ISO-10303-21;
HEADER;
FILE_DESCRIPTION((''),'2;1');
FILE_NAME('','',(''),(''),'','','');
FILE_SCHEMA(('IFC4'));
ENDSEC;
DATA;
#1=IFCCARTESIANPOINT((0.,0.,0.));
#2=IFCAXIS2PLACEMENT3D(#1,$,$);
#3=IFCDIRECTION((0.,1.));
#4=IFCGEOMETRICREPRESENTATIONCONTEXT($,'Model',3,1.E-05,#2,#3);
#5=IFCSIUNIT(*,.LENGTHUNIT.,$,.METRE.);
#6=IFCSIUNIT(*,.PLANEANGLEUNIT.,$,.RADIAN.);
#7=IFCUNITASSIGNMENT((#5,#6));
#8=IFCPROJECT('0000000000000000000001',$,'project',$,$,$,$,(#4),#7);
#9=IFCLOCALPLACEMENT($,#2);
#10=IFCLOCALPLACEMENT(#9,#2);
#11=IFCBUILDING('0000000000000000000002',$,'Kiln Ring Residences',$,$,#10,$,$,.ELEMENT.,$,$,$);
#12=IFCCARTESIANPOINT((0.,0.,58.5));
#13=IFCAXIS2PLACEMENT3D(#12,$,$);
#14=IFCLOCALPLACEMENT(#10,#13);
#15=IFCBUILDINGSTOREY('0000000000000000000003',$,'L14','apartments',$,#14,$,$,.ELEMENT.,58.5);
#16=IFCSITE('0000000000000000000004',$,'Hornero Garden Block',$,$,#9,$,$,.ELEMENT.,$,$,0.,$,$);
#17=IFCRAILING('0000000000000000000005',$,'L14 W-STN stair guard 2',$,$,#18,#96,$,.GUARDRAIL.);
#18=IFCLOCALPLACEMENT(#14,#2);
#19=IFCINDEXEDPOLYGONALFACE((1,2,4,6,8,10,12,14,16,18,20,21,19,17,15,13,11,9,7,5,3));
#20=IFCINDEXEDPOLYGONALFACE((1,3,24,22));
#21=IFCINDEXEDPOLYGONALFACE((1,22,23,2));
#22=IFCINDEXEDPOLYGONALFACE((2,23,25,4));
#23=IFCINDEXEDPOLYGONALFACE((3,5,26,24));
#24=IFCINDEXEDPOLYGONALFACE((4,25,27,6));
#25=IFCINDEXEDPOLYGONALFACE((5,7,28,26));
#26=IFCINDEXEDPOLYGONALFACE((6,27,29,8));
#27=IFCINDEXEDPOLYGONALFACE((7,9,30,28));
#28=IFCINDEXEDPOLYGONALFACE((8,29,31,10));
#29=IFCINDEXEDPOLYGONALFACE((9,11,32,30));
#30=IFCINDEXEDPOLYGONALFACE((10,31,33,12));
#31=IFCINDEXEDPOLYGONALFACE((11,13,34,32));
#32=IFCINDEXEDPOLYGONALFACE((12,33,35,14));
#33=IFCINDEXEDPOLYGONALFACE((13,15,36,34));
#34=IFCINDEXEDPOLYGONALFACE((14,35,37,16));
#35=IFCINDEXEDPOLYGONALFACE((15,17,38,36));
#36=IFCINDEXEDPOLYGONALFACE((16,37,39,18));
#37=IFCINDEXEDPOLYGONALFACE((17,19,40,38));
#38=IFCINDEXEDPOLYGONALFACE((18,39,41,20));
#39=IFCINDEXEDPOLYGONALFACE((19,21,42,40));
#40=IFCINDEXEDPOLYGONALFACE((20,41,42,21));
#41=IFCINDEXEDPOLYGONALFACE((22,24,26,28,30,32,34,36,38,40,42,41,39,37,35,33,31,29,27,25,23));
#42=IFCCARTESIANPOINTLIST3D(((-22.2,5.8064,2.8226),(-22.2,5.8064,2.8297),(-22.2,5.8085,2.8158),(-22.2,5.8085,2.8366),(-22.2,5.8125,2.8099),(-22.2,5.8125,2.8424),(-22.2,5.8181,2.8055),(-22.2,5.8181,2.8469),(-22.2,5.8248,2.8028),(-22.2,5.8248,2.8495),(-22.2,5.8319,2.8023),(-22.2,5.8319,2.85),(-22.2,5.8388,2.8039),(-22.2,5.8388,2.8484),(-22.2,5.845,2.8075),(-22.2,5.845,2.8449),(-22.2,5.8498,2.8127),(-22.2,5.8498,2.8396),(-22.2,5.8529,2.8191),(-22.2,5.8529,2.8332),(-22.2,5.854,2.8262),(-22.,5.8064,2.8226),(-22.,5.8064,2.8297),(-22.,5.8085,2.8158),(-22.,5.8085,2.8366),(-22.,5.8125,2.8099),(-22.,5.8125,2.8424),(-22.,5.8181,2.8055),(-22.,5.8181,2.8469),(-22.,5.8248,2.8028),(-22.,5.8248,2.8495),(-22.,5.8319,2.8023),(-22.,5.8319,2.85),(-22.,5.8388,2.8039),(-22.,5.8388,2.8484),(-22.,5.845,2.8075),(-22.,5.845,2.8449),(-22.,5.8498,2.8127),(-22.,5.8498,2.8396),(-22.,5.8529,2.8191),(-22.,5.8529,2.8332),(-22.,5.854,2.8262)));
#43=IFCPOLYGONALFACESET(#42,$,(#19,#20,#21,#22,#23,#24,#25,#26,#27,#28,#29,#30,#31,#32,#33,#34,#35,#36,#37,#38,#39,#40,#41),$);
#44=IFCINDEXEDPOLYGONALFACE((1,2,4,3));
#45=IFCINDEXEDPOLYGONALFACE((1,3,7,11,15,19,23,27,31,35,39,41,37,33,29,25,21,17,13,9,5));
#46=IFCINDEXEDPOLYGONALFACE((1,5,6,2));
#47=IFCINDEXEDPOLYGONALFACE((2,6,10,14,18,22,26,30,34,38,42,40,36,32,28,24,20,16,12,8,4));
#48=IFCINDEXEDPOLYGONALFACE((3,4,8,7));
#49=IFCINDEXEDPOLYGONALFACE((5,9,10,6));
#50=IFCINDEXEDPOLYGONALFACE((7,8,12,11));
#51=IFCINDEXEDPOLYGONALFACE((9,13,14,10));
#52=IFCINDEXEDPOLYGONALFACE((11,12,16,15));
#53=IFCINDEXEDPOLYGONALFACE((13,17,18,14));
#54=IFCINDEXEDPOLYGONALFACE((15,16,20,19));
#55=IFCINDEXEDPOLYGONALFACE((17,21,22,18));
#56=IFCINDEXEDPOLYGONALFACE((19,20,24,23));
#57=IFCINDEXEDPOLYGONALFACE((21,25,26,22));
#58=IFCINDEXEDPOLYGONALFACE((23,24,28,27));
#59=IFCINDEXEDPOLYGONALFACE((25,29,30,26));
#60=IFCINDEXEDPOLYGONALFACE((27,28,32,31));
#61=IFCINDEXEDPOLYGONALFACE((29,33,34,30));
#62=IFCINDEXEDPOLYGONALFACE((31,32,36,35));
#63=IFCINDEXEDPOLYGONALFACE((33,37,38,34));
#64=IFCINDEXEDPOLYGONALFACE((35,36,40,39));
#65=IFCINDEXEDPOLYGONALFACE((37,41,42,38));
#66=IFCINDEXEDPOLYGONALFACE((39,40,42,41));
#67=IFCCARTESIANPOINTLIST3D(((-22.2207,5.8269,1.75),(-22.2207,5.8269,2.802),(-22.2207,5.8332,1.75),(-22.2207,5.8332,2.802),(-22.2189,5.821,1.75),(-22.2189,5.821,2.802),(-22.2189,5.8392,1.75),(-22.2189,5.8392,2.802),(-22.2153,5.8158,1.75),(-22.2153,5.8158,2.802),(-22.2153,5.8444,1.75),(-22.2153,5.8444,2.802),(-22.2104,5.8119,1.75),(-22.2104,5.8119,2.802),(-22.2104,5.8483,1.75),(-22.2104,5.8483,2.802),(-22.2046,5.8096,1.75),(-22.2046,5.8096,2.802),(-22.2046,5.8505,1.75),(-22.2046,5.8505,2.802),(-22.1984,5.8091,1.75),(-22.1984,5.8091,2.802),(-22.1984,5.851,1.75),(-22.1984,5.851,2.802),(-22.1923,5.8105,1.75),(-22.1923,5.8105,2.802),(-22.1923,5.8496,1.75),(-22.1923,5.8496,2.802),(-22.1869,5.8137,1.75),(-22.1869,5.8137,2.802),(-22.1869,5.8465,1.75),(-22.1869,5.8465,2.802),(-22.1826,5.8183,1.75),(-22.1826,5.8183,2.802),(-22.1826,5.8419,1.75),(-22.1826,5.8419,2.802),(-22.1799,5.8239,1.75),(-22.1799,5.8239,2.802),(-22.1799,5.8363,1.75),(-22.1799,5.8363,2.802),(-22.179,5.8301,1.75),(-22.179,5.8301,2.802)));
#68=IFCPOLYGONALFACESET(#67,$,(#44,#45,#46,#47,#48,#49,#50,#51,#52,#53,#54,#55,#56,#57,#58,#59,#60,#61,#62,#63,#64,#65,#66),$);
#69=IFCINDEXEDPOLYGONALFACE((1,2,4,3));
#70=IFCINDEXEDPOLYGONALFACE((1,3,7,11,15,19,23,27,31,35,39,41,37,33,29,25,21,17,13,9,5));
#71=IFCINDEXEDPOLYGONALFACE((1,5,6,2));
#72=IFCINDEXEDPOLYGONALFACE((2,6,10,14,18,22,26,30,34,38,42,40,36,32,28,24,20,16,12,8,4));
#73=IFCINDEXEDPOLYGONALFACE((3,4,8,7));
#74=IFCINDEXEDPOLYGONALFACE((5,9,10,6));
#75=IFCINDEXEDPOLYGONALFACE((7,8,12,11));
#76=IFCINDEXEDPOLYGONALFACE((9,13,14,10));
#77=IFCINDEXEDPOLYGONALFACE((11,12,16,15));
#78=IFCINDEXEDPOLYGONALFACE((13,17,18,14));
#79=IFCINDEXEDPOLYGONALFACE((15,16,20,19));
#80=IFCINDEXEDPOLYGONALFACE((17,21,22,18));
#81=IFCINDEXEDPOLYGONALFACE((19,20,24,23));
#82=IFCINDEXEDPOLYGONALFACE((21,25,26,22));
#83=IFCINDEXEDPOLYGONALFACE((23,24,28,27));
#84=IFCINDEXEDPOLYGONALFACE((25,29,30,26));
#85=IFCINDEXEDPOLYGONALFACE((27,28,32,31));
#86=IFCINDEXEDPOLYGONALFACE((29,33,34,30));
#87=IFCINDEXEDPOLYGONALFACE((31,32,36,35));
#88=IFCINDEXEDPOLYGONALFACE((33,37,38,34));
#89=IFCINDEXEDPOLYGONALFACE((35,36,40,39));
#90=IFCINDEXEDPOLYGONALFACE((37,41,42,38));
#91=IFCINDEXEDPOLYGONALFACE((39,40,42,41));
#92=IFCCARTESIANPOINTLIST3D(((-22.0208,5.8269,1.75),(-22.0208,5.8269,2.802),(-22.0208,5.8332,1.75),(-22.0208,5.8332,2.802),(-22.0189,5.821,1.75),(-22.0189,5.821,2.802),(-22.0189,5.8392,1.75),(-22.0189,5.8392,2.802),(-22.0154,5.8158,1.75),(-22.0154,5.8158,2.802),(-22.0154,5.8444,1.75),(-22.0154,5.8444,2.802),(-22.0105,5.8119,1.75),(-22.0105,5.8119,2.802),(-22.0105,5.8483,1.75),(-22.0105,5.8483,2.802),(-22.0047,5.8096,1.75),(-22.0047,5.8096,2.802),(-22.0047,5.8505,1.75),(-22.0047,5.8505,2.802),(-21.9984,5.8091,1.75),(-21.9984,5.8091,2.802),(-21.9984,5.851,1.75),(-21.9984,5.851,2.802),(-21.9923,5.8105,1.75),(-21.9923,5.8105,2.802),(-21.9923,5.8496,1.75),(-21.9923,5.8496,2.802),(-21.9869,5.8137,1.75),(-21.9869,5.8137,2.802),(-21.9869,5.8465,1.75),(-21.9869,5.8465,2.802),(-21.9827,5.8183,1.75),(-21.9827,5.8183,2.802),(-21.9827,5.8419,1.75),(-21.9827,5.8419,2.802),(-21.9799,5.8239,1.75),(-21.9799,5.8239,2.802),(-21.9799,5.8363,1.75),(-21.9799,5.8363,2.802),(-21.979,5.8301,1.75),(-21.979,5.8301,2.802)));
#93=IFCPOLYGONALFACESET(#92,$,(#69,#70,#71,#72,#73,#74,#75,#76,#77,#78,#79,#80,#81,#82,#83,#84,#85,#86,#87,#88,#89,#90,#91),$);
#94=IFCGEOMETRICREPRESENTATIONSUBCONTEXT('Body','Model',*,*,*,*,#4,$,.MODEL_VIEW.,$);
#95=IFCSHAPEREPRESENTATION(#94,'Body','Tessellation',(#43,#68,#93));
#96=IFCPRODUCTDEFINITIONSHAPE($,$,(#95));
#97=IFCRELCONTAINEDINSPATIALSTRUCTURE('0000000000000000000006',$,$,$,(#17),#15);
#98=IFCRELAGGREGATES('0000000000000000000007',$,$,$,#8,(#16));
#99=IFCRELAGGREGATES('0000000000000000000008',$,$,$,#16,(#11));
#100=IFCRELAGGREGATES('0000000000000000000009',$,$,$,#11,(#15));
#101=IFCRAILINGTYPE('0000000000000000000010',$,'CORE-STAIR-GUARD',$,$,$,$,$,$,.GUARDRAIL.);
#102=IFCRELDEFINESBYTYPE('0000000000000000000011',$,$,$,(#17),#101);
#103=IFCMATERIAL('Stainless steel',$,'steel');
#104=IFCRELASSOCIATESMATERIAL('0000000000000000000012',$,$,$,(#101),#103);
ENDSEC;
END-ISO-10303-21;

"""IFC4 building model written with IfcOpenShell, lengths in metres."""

from ifc_helpers import new_model, si_unit, direction, frame, origin, origin_2d, place, context, subcontext, project, spatial, circle, extrude, material, type_object, element, save


model = new_model("IFC4")

# Units and contexts
model_context = context("Model", 3, precision=1e-05, world=origin(), true_north=direction((0.0, 1.0)))
body_context = subcontext(model_context, "Body", "Model", "MODEL_VIEW")
ifc_project = project(units=[si_unit("LENGTHUNIT", "METRE"), si_unit("PLANEANGLEUNIT", "RADIAN")], contexts=[model_context])

# Site, building, storey
site_placement = place(None, origin())
site = spatial("IfcSite", under=ifc_project, at=site_placement, Name="Hornero Garden Block", CompositionType="ELEMENT", RefElevation=0.0)
building_placement = place(site_placement, origin())
building = spatial("IfcBuilding", under=site, at=building_placement, Name="Kiln Ring Residences", CompositionType="ELEMENT")
storey_placement = place(building_placement, frame((0.0, 0.0, 58.5)))
storey = spatial("IfcBuildingStorey", under=building, at=storey_placement, Name="L14", Description="apartments", CompositionType="ELEMENT", Elevation=58.5)

# Railing
ifc_material_1 = material(Name="Stainless steel", Category="steel")
railing_type_1 = type_object("IfcRailingType", Name="CORE-STAIR-GUARD", PredefinedType="GUARDRAIL", material=ifc_material_1)
railing_1_placement = place(storey_placement, frame((-22.2, 5.8301, 1.75)))
element("IfcRailing", 1, at=railing_1_placement, inside=storey, type_object=railing_type_1, Name="L14 W-STN stair guard 2", PredefinedType="GUARDRAIL", context=body_context, shape_type="SweptSolid", body=[
    extrude(circle(Radius=0.0239, at=origin_2d()), frame((0.0, 0.0, 1.0762), z_axis=(1.0, 0.0, 0.0), x_axis=(0.0, 1.0, 0.0)), (0.0, 0.0, 1.0), 0.2),
    extrude(circle(Radius=0.021, at=origin_2d()), origin(), (0.0, 0.0, 1.0), 1.052),
    extrude(circle(Radius=0.021, at=origin_2d()), frame((0.2, 0.0, 0.0)), (0.0, 0.0, 1.0), 1.052),
])

save(model, "model.ifc")
